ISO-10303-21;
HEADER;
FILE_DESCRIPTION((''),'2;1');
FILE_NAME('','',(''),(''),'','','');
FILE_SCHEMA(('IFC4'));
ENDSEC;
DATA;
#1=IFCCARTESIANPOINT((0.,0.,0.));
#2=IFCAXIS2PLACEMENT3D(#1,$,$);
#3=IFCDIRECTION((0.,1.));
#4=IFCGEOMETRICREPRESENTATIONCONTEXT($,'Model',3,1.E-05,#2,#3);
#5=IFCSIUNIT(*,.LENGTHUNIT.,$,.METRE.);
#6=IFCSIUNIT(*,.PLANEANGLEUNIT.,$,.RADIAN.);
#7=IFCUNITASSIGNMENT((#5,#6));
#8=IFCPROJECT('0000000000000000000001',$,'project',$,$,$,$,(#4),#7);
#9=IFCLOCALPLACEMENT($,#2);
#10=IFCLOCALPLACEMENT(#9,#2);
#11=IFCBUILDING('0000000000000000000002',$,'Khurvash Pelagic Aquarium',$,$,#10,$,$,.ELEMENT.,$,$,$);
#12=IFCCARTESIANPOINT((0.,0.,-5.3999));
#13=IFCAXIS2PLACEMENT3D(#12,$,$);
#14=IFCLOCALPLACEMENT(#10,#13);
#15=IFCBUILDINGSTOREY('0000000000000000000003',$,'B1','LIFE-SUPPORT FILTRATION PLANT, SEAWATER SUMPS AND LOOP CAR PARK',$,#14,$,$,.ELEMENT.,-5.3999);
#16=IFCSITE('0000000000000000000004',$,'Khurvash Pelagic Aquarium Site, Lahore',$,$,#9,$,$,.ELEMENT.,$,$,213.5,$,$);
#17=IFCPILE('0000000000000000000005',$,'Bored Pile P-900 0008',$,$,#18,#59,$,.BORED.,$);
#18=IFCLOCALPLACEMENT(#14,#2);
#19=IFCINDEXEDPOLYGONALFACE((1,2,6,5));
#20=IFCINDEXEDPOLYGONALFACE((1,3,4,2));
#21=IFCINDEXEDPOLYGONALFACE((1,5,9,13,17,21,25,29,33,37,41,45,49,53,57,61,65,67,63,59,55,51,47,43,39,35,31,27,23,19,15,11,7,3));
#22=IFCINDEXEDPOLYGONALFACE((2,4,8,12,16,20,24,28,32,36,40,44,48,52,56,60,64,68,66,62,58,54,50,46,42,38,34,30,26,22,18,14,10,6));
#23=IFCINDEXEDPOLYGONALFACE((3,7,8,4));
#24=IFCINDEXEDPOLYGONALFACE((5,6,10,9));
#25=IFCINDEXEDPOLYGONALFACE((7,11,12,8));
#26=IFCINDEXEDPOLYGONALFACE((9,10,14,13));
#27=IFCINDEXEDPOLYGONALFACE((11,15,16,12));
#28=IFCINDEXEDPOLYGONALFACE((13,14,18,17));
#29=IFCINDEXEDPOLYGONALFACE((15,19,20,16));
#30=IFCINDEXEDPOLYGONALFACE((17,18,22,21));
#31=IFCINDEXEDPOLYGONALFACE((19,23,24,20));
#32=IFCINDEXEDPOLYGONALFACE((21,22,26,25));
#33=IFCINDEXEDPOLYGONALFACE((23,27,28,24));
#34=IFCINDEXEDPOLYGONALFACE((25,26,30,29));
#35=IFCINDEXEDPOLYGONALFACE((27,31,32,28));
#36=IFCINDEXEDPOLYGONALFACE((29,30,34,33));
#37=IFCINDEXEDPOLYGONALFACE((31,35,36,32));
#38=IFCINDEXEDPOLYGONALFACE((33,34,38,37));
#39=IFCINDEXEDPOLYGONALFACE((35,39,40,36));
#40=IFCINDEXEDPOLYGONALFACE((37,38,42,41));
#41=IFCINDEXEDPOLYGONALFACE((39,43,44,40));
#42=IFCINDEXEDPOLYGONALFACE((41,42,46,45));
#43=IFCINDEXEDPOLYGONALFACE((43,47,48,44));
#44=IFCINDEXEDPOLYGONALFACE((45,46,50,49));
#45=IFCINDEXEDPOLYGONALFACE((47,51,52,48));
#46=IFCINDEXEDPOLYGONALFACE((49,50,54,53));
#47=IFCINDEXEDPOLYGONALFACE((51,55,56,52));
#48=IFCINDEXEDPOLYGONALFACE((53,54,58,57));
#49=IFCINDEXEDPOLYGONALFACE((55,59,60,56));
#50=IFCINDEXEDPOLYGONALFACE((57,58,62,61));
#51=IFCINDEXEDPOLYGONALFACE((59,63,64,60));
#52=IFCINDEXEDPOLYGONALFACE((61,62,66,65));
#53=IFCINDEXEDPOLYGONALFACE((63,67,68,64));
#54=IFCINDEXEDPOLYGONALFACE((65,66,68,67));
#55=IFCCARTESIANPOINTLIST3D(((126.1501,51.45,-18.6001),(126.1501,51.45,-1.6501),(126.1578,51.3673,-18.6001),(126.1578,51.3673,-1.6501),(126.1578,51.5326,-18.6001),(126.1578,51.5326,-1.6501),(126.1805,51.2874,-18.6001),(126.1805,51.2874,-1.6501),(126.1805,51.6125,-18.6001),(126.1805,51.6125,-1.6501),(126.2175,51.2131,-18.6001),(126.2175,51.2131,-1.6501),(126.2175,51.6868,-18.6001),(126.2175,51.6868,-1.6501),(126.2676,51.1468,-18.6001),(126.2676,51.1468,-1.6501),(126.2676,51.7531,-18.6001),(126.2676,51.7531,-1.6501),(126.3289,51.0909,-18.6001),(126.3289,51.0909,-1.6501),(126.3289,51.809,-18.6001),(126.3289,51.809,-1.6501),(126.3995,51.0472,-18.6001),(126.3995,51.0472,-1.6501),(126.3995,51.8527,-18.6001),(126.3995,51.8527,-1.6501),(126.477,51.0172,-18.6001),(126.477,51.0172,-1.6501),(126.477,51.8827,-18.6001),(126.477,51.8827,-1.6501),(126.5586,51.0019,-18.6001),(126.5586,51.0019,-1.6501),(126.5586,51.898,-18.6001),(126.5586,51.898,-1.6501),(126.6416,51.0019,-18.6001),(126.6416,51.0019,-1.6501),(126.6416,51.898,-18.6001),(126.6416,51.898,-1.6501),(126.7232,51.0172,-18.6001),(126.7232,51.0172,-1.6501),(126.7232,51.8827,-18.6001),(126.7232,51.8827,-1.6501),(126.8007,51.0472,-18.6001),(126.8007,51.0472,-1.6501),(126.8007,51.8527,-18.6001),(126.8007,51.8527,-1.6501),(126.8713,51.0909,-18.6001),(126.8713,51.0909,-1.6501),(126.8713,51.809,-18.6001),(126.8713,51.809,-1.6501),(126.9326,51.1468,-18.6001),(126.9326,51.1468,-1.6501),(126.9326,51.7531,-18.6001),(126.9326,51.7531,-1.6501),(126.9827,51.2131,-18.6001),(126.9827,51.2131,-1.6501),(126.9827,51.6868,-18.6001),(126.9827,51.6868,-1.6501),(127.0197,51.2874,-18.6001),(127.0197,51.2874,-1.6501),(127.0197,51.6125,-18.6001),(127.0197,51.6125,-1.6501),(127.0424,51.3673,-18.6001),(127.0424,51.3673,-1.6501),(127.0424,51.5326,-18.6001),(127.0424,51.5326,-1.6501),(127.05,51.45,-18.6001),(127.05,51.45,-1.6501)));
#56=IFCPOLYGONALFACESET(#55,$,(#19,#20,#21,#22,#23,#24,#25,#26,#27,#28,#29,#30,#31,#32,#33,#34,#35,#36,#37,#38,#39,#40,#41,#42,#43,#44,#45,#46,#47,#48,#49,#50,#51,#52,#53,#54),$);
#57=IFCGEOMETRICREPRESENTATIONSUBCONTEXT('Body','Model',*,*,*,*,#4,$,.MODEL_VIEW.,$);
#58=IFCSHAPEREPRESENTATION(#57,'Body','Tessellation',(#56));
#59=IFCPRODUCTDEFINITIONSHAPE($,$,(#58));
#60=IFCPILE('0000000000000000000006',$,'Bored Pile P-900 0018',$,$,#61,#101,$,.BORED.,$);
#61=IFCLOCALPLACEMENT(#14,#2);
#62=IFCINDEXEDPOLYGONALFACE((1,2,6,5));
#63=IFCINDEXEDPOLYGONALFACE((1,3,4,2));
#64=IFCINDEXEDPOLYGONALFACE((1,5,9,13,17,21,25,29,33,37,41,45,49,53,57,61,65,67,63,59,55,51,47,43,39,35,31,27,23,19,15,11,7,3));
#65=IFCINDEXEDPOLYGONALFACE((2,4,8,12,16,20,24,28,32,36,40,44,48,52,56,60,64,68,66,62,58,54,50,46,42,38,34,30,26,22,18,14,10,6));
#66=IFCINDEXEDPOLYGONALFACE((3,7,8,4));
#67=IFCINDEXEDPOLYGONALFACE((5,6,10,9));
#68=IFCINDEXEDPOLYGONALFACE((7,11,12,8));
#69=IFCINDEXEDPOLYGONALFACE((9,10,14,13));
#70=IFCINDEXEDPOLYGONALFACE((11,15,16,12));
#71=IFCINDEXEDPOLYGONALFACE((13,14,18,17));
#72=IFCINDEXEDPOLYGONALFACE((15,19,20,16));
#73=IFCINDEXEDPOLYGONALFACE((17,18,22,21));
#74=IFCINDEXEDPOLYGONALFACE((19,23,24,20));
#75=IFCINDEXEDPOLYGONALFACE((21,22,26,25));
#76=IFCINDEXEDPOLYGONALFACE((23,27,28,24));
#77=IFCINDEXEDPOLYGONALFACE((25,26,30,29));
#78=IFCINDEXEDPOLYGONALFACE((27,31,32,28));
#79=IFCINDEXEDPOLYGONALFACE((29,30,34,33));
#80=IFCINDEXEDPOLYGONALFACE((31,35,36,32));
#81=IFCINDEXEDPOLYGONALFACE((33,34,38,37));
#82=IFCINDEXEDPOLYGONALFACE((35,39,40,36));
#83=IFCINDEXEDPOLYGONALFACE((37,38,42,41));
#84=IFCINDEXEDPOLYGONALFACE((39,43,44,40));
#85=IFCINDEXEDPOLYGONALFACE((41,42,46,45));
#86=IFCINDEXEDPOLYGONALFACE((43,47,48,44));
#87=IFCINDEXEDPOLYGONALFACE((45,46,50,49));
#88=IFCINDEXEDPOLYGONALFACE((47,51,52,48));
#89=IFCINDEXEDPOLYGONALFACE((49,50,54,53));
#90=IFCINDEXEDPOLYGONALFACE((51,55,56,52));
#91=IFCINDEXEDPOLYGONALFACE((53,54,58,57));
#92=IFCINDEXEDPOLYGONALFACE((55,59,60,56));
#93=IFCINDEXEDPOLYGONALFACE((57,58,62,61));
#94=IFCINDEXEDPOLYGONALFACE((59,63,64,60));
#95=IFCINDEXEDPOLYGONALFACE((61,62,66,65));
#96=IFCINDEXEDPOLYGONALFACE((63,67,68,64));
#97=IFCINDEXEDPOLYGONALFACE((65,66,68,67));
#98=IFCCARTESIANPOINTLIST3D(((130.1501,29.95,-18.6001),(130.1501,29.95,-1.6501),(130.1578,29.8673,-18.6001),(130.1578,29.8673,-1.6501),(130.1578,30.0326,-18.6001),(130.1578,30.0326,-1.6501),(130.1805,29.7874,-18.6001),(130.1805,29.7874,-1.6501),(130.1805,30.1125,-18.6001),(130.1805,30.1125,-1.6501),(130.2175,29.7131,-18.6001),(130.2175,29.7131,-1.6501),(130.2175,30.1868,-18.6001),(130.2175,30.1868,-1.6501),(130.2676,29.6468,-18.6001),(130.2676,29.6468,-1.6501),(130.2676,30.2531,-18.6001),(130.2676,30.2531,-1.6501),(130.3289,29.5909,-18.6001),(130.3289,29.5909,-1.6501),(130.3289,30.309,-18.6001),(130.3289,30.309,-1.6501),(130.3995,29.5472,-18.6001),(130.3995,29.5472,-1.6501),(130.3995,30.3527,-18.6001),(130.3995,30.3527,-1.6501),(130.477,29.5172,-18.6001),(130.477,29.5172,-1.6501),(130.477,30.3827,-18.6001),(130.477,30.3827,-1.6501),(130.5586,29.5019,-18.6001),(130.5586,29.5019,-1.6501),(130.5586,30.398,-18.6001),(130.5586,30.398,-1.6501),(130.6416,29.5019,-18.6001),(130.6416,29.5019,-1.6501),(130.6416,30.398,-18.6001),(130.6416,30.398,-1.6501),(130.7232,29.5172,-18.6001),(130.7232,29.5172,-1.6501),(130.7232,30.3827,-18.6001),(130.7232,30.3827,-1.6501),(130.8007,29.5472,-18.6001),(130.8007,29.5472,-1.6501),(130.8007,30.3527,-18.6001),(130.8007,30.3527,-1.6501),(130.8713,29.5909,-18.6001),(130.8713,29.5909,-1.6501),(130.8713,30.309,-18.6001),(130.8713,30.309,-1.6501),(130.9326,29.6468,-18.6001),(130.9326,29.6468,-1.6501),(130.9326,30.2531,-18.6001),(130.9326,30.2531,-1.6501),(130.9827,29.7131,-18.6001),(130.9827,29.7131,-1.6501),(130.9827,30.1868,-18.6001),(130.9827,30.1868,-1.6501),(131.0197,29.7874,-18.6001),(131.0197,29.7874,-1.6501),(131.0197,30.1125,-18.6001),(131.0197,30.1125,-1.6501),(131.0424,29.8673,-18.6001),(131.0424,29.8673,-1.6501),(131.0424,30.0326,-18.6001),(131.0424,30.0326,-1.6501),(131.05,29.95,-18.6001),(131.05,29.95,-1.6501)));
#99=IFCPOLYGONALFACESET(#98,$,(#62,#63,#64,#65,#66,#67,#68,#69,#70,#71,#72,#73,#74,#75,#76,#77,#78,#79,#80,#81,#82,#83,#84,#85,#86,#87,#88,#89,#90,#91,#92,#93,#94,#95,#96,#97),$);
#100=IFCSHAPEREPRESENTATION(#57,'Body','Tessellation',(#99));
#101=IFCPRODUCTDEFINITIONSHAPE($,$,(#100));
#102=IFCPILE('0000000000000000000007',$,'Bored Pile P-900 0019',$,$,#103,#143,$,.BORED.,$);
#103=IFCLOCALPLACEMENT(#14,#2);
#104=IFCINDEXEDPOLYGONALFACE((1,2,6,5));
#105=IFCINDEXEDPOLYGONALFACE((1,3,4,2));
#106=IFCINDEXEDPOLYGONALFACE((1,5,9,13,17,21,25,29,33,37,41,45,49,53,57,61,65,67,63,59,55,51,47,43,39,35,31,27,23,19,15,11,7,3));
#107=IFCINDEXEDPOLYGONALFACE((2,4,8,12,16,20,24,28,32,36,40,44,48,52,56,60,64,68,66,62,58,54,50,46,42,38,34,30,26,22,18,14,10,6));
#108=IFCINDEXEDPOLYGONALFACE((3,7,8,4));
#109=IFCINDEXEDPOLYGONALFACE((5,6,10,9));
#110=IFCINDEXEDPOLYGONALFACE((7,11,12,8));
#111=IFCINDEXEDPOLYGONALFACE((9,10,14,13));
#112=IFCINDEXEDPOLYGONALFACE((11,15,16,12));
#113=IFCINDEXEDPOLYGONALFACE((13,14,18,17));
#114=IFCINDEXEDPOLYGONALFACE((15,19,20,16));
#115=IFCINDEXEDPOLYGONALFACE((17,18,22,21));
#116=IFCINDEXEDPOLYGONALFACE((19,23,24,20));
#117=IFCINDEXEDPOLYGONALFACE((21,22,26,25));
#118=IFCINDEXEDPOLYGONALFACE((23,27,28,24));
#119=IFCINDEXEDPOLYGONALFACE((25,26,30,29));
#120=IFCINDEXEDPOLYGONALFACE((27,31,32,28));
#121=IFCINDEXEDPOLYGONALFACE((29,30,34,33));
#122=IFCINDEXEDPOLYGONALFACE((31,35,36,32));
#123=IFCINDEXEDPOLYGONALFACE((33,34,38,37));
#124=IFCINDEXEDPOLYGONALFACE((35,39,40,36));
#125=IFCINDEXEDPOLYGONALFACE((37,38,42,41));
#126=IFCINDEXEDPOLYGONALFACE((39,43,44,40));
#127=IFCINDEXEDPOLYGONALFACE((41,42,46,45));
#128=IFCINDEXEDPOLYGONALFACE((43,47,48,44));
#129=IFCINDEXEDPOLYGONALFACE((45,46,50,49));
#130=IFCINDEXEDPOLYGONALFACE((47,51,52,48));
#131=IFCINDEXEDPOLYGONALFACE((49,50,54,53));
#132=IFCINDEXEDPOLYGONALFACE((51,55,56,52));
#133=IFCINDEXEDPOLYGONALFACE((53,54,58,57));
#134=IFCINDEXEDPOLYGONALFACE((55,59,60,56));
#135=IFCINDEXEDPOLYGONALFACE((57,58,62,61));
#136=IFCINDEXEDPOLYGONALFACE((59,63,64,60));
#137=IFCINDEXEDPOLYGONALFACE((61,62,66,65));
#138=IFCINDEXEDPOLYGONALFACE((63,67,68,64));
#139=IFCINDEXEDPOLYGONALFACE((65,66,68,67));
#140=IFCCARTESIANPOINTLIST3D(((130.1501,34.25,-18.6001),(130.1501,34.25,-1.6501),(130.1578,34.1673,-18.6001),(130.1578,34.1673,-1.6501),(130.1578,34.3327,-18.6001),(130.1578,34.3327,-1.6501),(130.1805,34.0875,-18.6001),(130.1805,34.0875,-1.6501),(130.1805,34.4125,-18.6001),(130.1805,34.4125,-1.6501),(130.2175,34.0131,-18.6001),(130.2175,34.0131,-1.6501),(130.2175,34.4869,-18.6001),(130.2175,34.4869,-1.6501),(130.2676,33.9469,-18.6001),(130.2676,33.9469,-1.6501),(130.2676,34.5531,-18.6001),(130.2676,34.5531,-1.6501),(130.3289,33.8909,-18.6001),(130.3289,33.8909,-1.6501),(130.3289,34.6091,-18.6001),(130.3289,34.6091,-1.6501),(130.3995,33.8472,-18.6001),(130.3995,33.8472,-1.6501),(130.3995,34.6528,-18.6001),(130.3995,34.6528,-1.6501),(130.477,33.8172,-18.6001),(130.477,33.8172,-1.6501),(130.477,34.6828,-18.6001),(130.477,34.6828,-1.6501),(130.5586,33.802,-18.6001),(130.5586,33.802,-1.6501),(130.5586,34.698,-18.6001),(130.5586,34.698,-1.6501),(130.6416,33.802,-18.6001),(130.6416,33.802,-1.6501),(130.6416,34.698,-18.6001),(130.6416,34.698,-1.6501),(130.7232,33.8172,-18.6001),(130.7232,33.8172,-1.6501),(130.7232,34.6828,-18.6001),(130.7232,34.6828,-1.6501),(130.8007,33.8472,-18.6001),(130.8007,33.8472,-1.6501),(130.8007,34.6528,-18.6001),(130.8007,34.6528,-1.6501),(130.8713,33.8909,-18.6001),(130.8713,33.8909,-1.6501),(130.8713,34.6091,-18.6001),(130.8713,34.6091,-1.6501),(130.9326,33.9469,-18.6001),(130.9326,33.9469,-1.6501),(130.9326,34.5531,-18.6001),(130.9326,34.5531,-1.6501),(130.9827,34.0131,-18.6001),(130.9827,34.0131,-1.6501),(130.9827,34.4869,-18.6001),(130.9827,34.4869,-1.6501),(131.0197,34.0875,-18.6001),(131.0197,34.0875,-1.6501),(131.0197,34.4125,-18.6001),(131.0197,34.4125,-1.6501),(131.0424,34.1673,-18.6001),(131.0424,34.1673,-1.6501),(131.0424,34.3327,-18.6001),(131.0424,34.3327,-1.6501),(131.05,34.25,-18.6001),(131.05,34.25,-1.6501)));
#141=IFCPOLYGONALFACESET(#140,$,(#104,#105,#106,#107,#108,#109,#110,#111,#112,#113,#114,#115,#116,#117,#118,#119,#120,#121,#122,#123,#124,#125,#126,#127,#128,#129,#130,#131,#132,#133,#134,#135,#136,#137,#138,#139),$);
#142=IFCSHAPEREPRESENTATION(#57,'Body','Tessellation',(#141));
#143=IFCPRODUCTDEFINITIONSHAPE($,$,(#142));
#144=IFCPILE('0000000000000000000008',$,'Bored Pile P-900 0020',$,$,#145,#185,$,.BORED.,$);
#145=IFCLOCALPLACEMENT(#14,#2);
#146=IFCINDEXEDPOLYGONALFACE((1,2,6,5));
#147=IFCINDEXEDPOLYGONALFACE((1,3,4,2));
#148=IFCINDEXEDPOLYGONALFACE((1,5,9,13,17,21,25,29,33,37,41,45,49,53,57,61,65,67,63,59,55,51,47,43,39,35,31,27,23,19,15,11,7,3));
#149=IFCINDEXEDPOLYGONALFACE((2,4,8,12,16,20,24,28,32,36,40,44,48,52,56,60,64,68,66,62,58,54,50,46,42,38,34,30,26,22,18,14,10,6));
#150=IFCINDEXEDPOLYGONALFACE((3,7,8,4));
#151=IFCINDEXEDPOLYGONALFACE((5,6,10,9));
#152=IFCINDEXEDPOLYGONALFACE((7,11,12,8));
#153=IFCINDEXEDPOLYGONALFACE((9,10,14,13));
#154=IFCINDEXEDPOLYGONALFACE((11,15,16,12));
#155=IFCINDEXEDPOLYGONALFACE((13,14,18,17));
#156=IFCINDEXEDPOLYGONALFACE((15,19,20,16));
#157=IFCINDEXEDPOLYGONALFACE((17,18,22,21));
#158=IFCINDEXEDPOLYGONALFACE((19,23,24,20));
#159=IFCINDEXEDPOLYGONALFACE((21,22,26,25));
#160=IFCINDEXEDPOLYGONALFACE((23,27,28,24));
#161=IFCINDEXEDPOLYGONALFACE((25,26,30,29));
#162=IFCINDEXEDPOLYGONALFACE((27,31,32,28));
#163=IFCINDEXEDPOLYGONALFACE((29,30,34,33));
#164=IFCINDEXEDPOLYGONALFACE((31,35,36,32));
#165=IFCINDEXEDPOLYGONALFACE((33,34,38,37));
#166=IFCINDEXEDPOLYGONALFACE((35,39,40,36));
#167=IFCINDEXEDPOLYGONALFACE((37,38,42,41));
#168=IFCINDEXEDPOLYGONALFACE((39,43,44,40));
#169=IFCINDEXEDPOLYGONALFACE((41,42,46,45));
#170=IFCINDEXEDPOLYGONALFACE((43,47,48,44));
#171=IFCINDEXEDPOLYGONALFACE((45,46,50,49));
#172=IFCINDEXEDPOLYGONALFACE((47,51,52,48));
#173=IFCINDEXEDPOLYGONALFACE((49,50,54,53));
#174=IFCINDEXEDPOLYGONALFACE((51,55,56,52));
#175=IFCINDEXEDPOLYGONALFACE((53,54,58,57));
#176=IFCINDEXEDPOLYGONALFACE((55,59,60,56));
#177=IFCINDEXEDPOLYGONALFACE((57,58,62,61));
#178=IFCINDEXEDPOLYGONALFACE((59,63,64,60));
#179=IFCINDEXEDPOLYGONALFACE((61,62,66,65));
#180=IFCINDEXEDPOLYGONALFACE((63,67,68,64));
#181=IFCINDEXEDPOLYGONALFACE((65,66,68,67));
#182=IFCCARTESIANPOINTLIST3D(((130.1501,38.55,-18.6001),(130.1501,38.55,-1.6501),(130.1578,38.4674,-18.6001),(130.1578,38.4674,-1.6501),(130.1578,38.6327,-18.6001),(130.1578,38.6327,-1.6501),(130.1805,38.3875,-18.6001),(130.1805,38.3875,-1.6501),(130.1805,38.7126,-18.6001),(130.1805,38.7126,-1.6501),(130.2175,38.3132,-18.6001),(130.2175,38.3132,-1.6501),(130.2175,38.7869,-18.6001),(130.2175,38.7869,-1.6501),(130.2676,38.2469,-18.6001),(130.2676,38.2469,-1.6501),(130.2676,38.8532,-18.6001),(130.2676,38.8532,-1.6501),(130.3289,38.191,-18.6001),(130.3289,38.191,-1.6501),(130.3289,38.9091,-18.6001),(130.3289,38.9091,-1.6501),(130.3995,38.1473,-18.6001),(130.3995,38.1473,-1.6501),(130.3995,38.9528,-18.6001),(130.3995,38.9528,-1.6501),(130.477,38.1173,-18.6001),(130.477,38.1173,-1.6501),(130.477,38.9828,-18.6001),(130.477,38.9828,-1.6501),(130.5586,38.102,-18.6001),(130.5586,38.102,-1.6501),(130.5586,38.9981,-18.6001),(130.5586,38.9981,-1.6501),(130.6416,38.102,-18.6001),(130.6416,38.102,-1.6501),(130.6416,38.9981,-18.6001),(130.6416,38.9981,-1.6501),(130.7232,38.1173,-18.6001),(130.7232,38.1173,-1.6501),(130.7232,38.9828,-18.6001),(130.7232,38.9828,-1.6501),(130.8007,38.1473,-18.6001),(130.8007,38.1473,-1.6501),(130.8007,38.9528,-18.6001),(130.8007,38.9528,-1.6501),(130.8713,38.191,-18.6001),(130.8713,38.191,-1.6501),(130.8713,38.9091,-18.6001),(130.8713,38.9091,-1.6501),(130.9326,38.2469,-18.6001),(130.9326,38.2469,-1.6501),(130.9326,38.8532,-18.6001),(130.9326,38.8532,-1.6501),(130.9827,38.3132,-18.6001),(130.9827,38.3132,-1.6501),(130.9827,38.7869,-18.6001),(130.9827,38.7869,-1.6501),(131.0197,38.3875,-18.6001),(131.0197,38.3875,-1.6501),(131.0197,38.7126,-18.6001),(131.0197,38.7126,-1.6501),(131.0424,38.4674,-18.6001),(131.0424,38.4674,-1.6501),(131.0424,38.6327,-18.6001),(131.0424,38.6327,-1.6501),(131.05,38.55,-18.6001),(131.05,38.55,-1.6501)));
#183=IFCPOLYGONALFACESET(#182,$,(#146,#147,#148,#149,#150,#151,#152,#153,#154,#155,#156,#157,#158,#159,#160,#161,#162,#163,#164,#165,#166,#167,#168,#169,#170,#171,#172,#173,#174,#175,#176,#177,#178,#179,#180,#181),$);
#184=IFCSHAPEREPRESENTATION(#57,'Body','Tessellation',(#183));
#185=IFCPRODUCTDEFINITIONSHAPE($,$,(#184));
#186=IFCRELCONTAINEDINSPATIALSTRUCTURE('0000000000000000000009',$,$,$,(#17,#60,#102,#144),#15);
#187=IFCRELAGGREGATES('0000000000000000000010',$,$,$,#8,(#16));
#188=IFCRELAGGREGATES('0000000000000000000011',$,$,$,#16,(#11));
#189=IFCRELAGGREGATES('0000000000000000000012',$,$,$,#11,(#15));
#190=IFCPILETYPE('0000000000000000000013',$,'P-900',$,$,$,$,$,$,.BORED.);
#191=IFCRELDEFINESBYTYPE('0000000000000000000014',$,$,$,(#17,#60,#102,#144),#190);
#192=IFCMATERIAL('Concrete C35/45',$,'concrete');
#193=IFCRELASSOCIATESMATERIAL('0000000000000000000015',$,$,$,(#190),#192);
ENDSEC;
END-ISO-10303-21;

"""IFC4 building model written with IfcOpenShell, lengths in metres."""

from ifc_helpers import new_model, si_unit, direction, frame, origin, origin_2d, place, context, subcontext, project, spatial, circle, extrude, material, material_profile, profile_set, type_object, element, save


model = new_model("IFC4")

# Units and contexts
model_context = context("Model", 3, precision=1e-05, world=origin(), true_north=direction((0.0, 1.0)))
body_context = subcontext(model_context, "Body", "Model", "MODEL_VIEW")
ifc_project = project(units=[si_unit("LENGTHUNIT", "METRE"), si_unit("PLANEANGLEUNIT", "RADIAN")], contexts=[model_context])

# Site, building, storey
site_placement = place(None, origin())
site = spatial("IfcSite", under=ifc_project, at=site_placement, Name="Khurvash Pelagic Aquarium Site, Lahore", CompositionType="ELEMENT", RefElevation=213.5)
building_placement = place(site_placement, origin())
building = spatial("IfcBuilding", under=site, at=building_placement, Name="Khurvash Pelagic Aquarium", CompositionType="ELEMENT")
storey_placement = place(building_placement, frame((0.0, 0.0, -5.3999)))
storey = spatial("IfcBuildingStorey", under=building, at=storey_placement, Name="B1", Description="LIFE-SUPPORT FILTRATION PLANT, SEAWATER SUMPS AND LOOP CAR PARK", CompositionType="ELEMENT", Elevation=-5.3999)

# Piles
ifc_material_1 = material(Name="Concrete C35/45", Category="concrete")
ifc_material_profile_1 = material_profile(ifc_material_1, circle(Radius=0.45, at=origin_2d()), Name="PILE900")
ifc_profile_set_1 = profile_set([ifc_material_profile_1], Name="Concrete C35/45")
pile_type_1 = type_object("IfcPileType", Name="P-900", PredefinedType="BORED", material=ifc_profile_set_1)
for number, where, z_axis, x_axis, name in (
    (1, (126.6001, 51.45, -1.6501), (0.0, 0.0, -1.0), (1.0, 0.0, 0.0), "Bored Pile P-900 0008"),
    (2, (130.6001, 29.95, -1.6501), (0.0, 0.0, -1.0), (1.0, 0.0, 0.0), "Bored Pile P-900 0018"),
    (3, (130.6001, 34.25, -1.6501), (0.0, 0.0, -1.0), (1.0, 0.0, 0.0), "Bored Pile P-900 0019"),
    (4, (130.6001, 38.55, -1.6501), (0.0, 0.0, -1.0), (1.0, 0.0, 0.0), "Bored Pile P-900 0020"),
):
    element("IfcPile", number, at=place(storey_placement, frame(where, z_axis=z_axis, x_axis=x_axis)), inside=storey, type_object=pile_type_1, Name=name, PredefinedType="BORED", context=body_context, shape_type="SweptSolid", body=[
        extrude(circle(Radius=0.45, at=origin_2d()), origin(), (0.0, 0.0, 1.0), 16.95),
    ])

save(model, "model.ifc")
